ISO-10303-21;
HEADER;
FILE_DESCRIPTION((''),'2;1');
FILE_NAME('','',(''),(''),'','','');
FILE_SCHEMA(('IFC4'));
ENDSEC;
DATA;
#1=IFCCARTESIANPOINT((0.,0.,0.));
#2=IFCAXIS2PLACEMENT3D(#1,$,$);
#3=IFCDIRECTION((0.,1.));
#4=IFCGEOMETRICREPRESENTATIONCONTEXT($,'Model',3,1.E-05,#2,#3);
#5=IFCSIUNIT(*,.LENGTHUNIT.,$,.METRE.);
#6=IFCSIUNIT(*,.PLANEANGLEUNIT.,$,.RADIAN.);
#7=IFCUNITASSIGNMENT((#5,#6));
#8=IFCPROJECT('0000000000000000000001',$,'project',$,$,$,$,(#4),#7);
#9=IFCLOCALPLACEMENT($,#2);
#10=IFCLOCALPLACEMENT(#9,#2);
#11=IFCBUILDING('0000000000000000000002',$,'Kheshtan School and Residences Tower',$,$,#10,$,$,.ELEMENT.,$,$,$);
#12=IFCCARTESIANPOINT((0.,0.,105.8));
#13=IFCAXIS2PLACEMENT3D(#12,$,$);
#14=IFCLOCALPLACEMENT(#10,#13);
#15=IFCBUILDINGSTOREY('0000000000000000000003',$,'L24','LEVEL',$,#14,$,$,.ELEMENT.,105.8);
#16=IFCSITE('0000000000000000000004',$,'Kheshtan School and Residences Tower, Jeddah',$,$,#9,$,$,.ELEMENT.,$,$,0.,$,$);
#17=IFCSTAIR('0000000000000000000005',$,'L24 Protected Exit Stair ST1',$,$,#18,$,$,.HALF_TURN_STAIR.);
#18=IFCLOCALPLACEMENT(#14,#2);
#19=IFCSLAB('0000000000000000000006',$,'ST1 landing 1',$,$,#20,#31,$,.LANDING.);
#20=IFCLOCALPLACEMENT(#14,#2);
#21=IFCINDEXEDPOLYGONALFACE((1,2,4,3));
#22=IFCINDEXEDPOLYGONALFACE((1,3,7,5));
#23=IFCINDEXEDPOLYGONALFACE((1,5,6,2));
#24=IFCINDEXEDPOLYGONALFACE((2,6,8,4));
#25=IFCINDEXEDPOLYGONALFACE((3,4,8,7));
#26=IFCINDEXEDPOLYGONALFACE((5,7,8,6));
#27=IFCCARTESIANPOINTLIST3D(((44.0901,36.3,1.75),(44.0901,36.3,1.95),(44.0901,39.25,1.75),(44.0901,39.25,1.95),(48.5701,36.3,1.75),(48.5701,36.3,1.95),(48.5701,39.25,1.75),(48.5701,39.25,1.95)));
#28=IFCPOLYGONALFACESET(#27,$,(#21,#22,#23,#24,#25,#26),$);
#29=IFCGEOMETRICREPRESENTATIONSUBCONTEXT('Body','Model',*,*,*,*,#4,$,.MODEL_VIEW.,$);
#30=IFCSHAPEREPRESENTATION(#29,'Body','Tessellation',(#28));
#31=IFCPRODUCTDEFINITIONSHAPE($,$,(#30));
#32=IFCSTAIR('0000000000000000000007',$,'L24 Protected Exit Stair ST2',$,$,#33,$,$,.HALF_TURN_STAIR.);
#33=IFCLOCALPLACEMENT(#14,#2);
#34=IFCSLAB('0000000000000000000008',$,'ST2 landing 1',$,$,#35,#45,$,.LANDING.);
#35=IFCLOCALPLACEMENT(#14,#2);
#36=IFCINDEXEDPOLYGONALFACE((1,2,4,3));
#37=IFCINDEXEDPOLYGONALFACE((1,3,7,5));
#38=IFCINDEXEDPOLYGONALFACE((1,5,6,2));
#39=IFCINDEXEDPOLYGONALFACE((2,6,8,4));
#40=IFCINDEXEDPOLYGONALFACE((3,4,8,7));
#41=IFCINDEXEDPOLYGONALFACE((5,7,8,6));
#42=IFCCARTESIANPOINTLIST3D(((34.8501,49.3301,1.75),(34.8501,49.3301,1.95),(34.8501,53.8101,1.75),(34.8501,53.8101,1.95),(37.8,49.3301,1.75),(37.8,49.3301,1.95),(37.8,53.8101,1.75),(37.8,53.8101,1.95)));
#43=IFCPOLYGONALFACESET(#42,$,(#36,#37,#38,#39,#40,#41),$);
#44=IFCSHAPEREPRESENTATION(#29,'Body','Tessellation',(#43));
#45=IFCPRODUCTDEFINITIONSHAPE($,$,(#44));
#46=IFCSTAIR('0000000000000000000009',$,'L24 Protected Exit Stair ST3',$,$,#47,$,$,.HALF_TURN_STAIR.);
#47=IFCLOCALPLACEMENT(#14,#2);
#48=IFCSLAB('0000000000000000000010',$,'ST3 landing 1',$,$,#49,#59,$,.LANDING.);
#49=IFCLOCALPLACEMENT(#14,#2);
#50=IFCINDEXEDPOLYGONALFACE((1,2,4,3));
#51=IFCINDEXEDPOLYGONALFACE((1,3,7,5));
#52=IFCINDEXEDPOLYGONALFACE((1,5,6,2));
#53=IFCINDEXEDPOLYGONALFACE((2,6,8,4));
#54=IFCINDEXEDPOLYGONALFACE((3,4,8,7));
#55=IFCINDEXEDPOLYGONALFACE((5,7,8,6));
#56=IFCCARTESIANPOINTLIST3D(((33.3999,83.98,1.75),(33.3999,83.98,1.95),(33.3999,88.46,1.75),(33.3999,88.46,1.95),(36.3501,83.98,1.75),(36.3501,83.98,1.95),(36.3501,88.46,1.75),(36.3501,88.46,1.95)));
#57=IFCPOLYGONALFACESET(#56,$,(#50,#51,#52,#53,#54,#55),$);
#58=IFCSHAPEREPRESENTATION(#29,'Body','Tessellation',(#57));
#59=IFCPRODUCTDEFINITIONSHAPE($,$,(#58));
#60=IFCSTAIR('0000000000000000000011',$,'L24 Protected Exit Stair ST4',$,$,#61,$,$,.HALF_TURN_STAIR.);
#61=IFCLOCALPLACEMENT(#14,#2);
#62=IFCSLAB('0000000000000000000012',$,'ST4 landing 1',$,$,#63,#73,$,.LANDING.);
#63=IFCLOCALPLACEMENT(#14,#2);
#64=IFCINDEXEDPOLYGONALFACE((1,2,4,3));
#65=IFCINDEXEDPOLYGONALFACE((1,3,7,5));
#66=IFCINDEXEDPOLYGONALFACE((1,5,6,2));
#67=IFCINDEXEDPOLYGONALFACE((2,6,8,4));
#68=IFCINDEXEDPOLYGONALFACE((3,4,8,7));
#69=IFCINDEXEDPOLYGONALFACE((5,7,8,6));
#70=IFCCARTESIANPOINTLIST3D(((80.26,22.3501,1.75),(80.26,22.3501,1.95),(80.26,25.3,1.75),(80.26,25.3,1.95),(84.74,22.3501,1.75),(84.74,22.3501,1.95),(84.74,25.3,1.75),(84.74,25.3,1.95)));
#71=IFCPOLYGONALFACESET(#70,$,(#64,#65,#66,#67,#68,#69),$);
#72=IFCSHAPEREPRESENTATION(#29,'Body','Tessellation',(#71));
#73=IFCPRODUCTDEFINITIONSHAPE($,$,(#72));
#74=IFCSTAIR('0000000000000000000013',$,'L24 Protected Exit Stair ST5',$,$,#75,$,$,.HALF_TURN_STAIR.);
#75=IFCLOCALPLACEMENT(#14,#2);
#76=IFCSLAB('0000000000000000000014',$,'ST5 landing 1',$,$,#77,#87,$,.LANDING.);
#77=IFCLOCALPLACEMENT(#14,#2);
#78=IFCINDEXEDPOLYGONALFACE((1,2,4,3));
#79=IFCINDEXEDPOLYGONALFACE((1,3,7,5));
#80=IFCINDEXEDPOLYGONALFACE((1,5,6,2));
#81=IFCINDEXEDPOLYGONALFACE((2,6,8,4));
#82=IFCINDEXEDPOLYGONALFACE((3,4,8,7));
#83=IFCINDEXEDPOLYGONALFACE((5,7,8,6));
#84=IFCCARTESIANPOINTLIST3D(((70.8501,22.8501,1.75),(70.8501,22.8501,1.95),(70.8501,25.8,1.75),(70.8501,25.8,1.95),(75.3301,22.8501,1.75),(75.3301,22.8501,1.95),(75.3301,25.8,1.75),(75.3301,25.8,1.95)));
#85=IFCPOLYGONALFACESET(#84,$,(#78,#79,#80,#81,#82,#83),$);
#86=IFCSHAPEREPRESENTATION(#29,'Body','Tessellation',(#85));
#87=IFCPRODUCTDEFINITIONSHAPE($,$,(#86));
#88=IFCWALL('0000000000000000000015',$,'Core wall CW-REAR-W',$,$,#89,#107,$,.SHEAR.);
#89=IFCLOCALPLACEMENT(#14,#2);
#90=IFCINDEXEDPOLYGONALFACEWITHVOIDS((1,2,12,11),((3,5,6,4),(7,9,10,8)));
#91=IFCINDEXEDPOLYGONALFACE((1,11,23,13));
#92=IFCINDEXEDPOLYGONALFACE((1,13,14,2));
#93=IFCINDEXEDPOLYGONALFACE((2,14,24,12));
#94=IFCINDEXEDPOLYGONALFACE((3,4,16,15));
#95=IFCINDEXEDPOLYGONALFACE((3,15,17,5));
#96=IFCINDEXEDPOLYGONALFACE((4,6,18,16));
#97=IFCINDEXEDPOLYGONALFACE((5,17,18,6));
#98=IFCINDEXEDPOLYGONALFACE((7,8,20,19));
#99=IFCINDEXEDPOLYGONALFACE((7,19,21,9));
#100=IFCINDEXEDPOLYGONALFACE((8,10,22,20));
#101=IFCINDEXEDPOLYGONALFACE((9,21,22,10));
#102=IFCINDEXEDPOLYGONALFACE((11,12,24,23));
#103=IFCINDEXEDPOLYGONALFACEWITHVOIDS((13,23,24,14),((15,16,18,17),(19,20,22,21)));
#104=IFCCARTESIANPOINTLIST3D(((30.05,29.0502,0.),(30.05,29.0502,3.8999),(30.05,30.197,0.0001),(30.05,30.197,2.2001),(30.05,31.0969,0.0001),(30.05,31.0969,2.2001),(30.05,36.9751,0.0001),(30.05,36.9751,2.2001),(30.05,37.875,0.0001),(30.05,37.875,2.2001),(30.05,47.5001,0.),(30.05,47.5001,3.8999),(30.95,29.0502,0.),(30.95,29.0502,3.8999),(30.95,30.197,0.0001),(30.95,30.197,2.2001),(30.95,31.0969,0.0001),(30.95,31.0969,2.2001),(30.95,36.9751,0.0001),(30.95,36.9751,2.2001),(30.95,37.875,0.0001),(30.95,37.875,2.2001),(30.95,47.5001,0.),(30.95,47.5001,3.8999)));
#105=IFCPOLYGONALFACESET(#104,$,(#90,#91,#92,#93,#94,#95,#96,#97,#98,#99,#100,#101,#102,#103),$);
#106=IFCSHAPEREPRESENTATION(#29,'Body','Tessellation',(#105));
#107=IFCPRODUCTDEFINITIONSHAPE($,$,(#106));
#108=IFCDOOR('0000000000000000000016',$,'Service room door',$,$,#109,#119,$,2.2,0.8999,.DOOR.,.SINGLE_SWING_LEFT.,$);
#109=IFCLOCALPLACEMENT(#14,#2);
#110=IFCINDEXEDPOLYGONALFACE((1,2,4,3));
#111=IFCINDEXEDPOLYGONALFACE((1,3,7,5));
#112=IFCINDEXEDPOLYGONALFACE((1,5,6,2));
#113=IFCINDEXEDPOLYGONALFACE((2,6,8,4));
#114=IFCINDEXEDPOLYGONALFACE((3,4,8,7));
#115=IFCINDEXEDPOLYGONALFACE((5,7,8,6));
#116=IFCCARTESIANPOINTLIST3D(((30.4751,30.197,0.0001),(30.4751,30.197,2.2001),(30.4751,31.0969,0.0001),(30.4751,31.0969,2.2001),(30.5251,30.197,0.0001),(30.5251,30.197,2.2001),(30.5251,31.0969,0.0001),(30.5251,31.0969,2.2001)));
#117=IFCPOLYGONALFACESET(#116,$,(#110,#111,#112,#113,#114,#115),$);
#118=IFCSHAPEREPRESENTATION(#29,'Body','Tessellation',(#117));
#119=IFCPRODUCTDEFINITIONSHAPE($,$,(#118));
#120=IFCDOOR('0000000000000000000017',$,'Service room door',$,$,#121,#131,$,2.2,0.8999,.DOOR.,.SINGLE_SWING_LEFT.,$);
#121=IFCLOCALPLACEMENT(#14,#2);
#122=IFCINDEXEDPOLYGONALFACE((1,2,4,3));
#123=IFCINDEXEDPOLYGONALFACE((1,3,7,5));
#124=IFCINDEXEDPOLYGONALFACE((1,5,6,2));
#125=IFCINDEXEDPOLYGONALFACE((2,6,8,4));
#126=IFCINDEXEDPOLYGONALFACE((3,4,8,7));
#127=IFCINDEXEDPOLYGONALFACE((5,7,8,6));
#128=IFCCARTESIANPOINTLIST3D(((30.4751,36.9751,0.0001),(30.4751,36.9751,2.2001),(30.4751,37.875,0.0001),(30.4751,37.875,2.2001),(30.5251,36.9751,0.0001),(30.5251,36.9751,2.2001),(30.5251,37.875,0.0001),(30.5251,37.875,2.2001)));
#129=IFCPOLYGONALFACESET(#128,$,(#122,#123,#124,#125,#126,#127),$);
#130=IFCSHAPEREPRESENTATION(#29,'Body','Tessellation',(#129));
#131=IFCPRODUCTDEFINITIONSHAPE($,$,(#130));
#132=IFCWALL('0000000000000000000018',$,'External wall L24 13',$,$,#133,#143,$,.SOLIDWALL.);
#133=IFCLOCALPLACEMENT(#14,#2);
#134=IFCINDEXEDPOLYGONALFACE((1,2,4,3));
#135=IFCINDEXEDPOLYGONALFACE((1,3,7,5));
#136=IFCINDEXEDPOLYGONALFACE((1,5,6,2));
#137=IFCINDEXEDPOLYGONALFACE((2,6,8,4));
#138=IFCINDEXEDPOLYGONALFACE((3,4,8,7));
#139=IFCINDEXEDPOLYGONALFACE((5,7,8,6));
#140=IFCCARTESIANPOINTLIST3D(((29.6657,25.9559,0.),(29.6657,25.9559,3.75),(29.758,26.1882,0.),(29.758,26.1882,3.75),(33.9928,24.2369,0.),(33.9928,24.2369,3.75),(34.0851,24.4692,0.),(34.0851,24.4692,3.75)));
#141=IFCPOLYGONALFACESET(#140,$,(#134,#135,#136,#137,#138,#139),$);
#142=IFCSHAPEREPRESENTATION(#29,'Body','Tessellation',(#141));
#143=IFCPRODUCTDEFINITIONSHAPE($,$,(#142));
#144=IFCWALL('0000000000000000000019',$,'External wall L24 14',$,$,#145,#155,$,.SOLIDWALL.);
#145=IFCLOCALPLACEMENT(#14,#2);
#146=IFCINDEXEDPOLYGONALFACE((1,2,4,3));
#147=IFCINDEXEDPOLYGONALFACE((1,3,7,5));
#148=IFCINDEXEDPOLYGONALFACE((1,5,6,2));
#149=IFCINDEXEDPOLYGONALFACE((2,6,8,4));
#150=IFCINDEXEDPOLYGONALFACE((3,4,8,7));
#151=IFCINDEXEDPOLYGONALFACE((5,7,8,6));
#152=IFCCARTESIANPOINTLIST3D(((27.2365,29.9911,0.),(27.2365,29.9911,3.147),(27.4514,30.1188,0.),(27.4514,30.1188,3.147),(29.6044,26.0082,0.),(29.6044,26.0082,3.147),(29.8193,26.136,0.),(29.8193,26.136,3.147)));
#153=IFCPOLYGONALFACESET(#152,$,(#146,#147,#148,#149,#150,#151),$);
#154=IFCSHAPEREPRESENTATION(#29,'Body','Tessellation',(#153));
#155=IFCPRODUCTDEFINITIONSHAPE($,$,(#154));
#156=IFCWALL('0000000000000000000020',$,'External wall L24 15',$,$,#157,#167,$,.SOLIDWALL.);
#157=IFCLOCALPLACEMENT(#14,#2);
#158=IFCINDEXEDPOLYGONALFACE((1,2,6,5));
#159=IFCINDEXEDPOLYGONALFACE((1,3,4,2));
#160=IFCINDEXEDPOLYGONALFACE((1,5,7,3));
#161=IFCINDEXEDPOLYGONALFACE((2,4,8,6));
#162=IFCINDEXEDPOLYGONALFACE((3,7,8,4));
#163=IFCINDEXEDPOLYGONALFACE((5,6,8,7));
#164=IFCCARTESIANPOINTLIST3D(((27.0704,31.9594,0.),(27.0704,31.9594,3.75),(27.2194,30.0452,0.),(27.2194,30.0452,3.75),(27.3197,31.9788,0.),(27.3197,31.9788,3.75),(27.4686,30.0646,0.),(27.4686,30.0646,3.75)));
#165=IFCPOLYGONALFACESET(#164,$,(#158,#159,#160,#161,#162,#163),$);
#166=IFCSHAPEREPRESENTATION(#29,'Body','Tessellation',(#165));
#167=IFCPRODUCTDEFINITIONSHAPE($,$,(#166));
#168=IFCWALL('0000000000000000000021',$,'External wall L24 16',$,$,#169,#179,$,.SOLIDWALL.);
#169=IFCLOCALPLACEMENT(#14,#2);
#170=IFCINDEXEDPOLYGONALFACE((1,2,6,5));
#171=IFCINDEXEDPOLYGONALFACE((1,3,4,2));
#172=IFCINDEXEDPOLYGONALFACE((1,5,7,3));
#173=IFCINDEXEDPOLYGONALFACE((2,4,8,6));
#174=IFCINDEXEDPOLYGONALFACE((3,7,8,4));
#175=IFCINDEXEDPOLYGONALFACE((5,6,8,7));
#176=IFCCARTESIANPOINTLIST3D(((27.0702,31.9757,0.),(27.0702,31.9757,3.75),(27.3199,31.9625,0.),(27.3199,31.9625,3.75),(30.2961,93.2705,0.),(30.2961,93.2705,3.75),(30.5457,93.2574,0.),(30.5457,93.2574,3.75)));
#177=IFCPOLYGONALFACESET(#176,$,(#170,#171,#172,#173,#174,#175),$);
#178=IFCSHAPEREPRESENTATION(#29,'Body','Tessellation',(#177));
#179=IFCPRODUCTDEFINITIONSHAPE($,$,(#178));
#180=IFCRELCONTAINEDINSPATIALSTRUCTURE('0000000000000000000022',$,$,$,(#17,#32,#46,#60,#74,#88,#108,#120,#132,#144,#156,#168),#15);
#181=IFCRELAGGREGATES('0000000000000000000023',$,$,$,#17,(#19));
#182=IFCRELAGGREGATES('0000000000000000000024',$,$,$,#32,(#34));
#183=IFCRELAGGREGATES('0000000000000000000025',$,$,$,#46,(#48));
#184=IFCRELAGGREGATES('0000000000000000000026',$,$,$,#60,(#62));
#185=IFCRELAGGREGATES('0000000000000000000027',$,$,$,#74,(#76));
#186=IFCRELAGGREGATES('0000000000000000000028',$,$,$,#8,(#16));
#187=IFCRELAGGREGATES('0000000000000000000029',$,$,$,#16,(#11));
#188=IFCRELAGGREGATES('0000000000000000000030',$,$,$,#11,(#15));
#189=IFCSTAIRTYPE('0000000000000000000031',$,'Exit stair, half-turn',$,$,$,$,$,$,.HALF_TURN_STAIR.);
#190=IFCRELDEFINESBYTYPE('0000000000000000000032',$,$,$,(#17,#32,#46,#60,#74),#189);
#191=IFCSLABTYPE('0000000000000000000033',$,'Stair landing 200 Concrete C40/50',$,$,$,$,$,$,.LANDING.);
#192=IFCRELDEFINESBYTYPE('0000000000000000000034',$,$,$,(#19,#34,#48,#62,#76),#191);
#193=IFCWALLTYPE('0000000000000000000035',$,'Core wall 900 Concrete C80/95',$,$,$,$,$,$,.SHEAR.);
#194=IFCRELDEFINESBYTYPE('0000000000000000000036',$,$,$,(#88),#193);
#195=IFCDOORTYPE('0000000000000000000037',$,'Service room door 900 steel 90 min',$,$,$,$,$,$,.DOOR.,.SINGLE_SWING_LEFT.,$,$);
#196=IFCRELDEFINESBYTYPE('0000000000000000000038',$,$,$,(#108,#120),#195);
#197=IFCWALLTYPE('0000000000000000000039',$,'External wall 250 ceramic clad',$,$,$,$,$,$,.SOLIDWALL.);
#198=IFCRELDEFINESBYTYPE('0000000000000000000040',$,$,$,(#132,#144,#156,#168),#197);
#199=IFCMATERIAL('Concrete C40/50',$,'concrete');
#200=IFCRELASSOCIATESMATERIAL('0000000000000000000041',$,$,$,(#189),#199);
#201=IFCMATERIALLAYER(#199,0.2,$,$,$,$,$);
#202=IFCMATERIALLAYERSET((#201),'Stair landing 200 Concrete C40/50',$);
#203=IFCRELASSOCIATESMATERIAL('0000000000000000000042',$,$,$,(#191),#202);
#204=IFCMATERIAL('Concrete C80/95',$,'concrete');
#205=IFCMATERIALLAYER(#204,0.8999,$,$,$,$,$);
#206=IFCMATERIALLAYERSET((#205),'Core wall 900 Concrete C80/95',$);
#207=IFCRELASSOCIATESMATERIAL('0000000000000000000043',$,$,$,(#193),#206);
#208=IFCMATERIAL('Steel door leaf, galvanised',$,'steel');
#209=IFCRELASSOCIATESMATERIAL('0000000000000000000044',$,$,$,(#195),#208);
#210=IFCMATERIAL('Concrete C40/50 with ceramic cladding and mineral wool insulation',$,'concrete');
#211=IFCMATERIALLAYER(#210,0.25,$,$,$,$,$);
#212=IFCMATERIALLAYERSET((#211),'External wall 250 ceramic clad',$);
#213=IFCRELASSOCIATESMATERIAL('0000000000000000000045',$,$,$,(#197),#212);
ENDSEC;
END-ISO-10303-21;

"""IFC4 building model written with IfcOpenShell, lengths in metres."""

from ifc_helpers import new_model, si_unit, direction, frame, frame_2d, origin, place, context, subcontext, project, spatial, polyline, rectangle, outline, extrude, source, transform, mapped, material, layer, layer_set, type_object, element, fill, aggregate, save


model = new_model("IFC4")

# Units and contexts
model_context = context("Model", 3, precision=1e-05, world=origin(), true_north=direction((0.0, 1.0)))
body_context = subcontext(model_context, "Body", "Model", "MODEL_VIEW")
ifc_project = project(units=[si_unit("LENGTHUNIT", "METRE"), si_unit("PLANEANGLEUNIT", "RADIAN")], contexts=[model_context])

# Site, building, storey
site_placement = place(None, origin())
site = spatial("IfcSite", under=ifc_project, at=site_placement, Name="Kheshtan School and Residences Tower, Jeddah", CompositionType="ELEMENT", RefElevation=0.0)
building_placement = place(site_placement, origin())
building = spatial("IfcBuilding", under=site, at=building_placement, Name="Kheshtan School and Residences Tower", CompositionType="ELEMENT")
storey_placement = place(building_placement, frame((0.0, 0.0, 105.8)))
storey = spatial("IfcBuildingStorey", under=building, at=storey_placement, Name="L24", Description="LEVEL", CompositionType="ELEMENT", Elevation=105.8)

# Shared definitions
ifc_material_1 = material(Name="Concrete C40/50", Category="concrete")

# Stairs, slabs
stair_type = type_object("IfcStairType", Name="Exit stair, half-turn", PredefinedType="HALF_TURN_STAIR", material=ifc_material_1)
stair_1_placement = place(storey_placement, origin())
stair_1 = element("IfcStair", 1, at=stair_1_placement, inside=storey, type_object=stair_type, Name="L24 Protected Exit Stair ST1", PredefinedType="HALF_TURN_STAIR")
ifc_layer_1 = layer(ifc_material_1, 0.2)
ifc_layer_set_1 = layer_set([ifc_layer_1], Name="Stair landing 200 Concrete C40/50")
slab_type_1 = type_object("IfcSlabType", Name="Stair landing 200 Concrete C40/50", PredefinedType="LANDING", material=ifc_layer_set_1)
slab_1_placement = place(storey_placement, frame((0.0, 0.0, 1.75)))
slab_1 = element("IfcSlab", 2, at=slab_1_placement, type_object=slab_type_1, Name="ST1 landing 1", PredefinedType="LANDING", context=body_context, shape_type="SweptSolid", body=[
    extrude(outline(polyline([(48.5701, 39.25), (44.0901, 39.25), (44.0901, 36.3), (48.5701, 36.3), (48.5701, 39.25)])), origin(), (0.0, 0.0, 1.0), 0.2),
])
aggregate(stair_1, [slab_1])
stair_2_placement = place(storey_placement, origin())
stair_2 = element("IfcStair", 3, at=stair_2_placement, inside=storey, type_object=stair_type, Name="L24 Protected Exit Stair ST2", PredefinedType="HALF_TURN_STAIR")
slab_2_placement = place(storey_placement, frame((0.0, 0.0, 1.75)))
slab_2 = element("IfcSlab", 4, at=slab_2_placement, type_object=slab_type_1, Name="ST2 landing 1", PredefinedType="LANDING", context=body_context, shape_type="SweptSolid", body=[
    extrude(outline(polyline([(37.8, 49.3301), (37.8, 53.8101), (34.8501, 53.8101), (34.8501, 49.3301), (37.8, 49.3301)])), origin(), (0.0, 0.0, 1.0), 0.2),
])
aggregate(stair_2, [slab_2])
stair_3_placement = place(storey_placement, origin())
stair_3 = element("IfcStair", 5, at=stair_3_placement, inside=storey, type_object=stair_type, Name="L24 Protected Exit Stair ST3", PredefinedType="HALF_TURN_STAIR")
slab_3_placement = place(storey_placement, frame((0.0, 0.0, 1.75)))
slab_3 = element("IfcSlab", 6, at=slab_3_placement, type_object=slab_type_1, Name="ST3 landing 1", PredefinedType="LANDING", context=body_context, shape_type="SweptSolid", body=[
    extrude(outline(polyline([(36.3501, 83.98), (36.3501, 88.46), (33.3999, 88.46), (33.3999, 83.98), (36.3501, 83.98)])), origin(), (0.0, 0.0, 1.0), 0.2),
])
aggregate(stair_3, [slab_3])
stair_4_placement = place(storey_placement, origin())
stair_4 = element("IfcStair", 7, at=stair_4_placement, inside=storey, type_object=stair_type, Name="L24 Protected Exit Stair ST4", PredefinedType="HALF_TURN_STAIR")
slab_4_placement = place(storey_placement, frame((0.0, 0.0, 1.75)))
slab_4 = element("IfcSlab", 8, at=slab_4_placement, type_object=slab_type_1, Name="ST4 landing 1", PredefinedType="LANDING", context=body_context, shape_type="SweptSolid", body=[
    extrude(outline(polyline([(84.74, 25.3), (80.26, 25.3), (80.26, 22.3501), (84.74, 22.3501), (84.74, 25.3)])), origin(), (0.0, 0.0, 1.0), 0.2),
])
aggregate(stair_4, [slab_4])
stair_5_placement = place(storey_placement, origin())
stair_5 = element("IfcStair", 9, at=stair_5_placement, inside=storey, type_object=stair_type, Name="L24 Protected Exit Stair ST5", PredefinedType="HALF_TURN_STAIR")
slab_5_placement = place(storey_placement, frame((0.0, 0.0, 1.75)))
slab_5 = element("IfcSlab", 10, at=slab_5_placement, type_object=slab_type_1, Name="ST5 landing 1", PredefinedType="LANDING", context=body_context, shape_type="SweptSolid", body=[
    extrude(outline(polyline([(75.3301, 25.8), (70.8501, 25.8), (70.8501, 22.8501), (75.3301, 22.8501), (75.3301, 25.8)])), origin(), (0.0, 0.0, 1.0), 0.2),
])
aggregate(stair_5, [slab_5])

# Wall, openings, doors
ifc_material_2 = material(Name="Concrete C80/95", Category="concrete")
ifc_layer_2 = layer(ifc_material_2, 0.8999)
ifc_layer_set_2 = layer_set([ifc_layer_2], Name="Core wall 900 Concrete C80/95")
wall_type_1 = type_object("IfcWallType", Name="Core wall 900 Concrete C80/95", PredefinedType="SHEAR", material=ifc_layer_set_2)
wall_1_placement = place(storey_placement, frame((30.5, 29.05, 0.0), z_axis=(0.0, 0.0, 1.0), x_axis=(0.0, 1.0, 0.0)))
wall_1 = element("IfcWall", 11, at=wall_1_placement, inside=storey, type_object=wall_type_1, Name="Core wall CW-REAR-W", PredefinedType="SHEAR", context=body_context, shape_type="SweptSolid", body=[
    extrude(rectangle(XDim=18.45, YDim=0.8999, at=frame_2d((9.2251, 0.0))), origin(), (0.0, 0.0, 1.0), 3.8999),
])
opening_1_placement = place(wall_1_placement, frame((1.147, 0.0, 0.0)))
opening_1 = element("IfcOpeningElement", 12, at=opening_1_placement, cuts=wall_1, PredefinedType="OPENING", context=body_context, shape_type="SweptSolid", body=[
    extrude(rectangle(XDim=0.8999, YDim=2.2, at=frame_2d((0.45, 1.1001))), frame((0.0, 0.46, 0.0), z_axis=(0.0, -1.0, 0.0), x_axis=(1.0, 0.0, 0.0)), (0.0, 0.0, 1.0), 0.9199),
])
opening_2_placement = place(wall_1_placement, frame((7.925, 0.0, 0.0)))
opening_2 = element("IfcOpeningElement", 13, at=opening_2_placement, cuts=wall_1, PredefinedType="OPENING", context=body_context, shape_type="SweptSolid", body=[
    extrude(rectangle(XDim=0.8999, YDim=2.2, at=frame_2d((0.45, 1.1001))), frame((0.0, 0.46, 0.0), z_axis=(0.0, -1.0, 0.0), x_axis=(1.0, 0.0, 0.0)), (0.0, 0.0, 1.0), 0.9199),
])
ifc_material_3 = material(Name="Steel door leaf, galvanised", Category="steel")
door_type = type_object("IfcDoorType", Name="Service room door 900 steel 90 min", OperationType="SINGLE_SWING_LEFT", PredefinedType="DOOR", material=ifc_material_3)
shared_shape = source(origin(), body_context, "Body", "SweptSolid", [
    extrude(rectangle(XDim=0.8999, YDim=2.2, at=frame_2d((0.45, 1.1001))), frame((0.0, 0.0249, 0.0), z_axis=(0.0, -1.0, 0.0), x_axis=(1.0, 0.0, 0.0)), (0.0, 0.0, 1.0), 0.05),
])
door_1_placement = place(opening_1_placement, origin())
door_1 = element("IfcDoor", 14, at=door_1_placement, inside=storey, type_object=door_type, Name="Service room door", OperationType="SINGLE_SWING_LEFT", OverallHeight=2.2, OverallWidth=0.8999, PredefinedType="DOOR", context=body_context, shape_type="MappedRepresentation", body=[
    mapped(shared_shape, transform((0.0, 0.0, 0.0), x_axis=(1.0, 0.0, 0.0), y_axis=(0.0, 1.0, 0.0), z_axis=(0.0, 0.0, 1.0), scale=1.0)),
])
fill(opening_1, door_1)
door_2_placement = place(opening_2_placement, origin())
door_2 = element("IfcDoor", 15, at=door_2_placement, inside=storey, type_object=door_type, Name="Service room door", OperationType="SINGLE_SWING_LEFT", OverallHeight=2.2, OverallWidth=0.8999, PredefinedType="DOOR", context=body_context, shape_type="MappedRepresentation", body=[
    mapped(shared_shape, transform((0.0, 0.0, 0.0), x_axis=(1.0, 0.0, 0.0), y_axis=(0.0, 1.0, 0.0), z_axis=(0.0, 0.0, 1.0), scale=1.0)),
])
fill(opening_2, door_2)

# Walls
ifc_material_4 = material(Name="Concrete C40/50 with ceramic cladding and mineral wool insulation", Category="concrete")
ifc_layer_3 = layer(ifc_material_4, 0.25)
ifc_layer_set_3 = layer_set([ifc_layer_3], Name="External wall 250 ceramic clad")
wall_type_2 = type_object("IfcWallType", Name="External wall 250 ceramic clad", PredefinedType="SOLIDWALL", material=ifc_layer_set_3)
wall_2_placement = place(storey_placement, frame((34.0391, 24.353, 0.0), z_axis=(0.0, 0.0, 1.0), x_axis=(-0.929353, 0.369193, 0.0)))
element("IfcWall", 16, at=wall_2_placement, inside=storey, type_object=wall_type_2, Name="External wall L24 13", PredefinedType="SOLIDWALL", context=body_context, shape_type="SweptSolid", body=[
    extrude(rectangle(XDim=4.656, YDim=0.25, at=frame_2d((2.3281, 0.0))), origin(), (0.0, 0.0, 1.0), 3.75),
])
wall_3_placement = place(storey_placement, frame((29.7119, 26.072, 0.0), z_axis=(0.0, 0.0, 1.0), x_axis=(-0.511028, 0.859564, 0.0)))
element("IfcWall", 17, at=wall_3_placement, inside=storey, type_object=wall_type_2, Name="External wall L24 14", PredefinedType="SOLIDWALL", context=body_context, shape_type="SweptSolid", body=[
    extrude(rectangle(XDim=4.6335, YDim=0.25, at=frame_2d((2.3169, 0.0))), origin(), (0.0, 0.0, 1.0), 3.147),
])
wall_4_placement = place(storey_placement, frame((27.344, 30.0549, 0.0), z_axis=(0.0, 0.0, 1.0), x_axis=(-0.077572, 0.996987, 0.0)))
element("IfcWall", 18, at=wall_4_placement, inside=storey, type_object=wall_type_2, Name="External wall L24 15", PredefinedType="SOLIDWALL", context=body_context, shape_type="SweptSolid", body=[
    extrude(rectangle(XDim=1.9199, YDim=0.25, at=frame_2d((0.96, 0.0))), origin(), (0.0, 0.0, 1.0), 3.75),
])
wall_5_placement = place(storey_placement, frame((27.1951, 31.969, 0.0), z_axis=(0.0, 0.0, 1.0), x_axis=(0.052555, 0.998618, 0.0)))
element("IfcWall", 19, at=wall_5_placement, inside=storey, type_object=wall_type_2, Name="External wall L24 16", PredefinedType="SOLIDWALL", context=body_context, shape_type="SweptSolid", body=[
    extrude(rectangle(XDim=61.3796, YDim=0.25, at=frame_2d((30.6899, 0.0))), origin(), (0.0, 0.0, 1.0), 3.75),
])

save(model, "model.ifc")
